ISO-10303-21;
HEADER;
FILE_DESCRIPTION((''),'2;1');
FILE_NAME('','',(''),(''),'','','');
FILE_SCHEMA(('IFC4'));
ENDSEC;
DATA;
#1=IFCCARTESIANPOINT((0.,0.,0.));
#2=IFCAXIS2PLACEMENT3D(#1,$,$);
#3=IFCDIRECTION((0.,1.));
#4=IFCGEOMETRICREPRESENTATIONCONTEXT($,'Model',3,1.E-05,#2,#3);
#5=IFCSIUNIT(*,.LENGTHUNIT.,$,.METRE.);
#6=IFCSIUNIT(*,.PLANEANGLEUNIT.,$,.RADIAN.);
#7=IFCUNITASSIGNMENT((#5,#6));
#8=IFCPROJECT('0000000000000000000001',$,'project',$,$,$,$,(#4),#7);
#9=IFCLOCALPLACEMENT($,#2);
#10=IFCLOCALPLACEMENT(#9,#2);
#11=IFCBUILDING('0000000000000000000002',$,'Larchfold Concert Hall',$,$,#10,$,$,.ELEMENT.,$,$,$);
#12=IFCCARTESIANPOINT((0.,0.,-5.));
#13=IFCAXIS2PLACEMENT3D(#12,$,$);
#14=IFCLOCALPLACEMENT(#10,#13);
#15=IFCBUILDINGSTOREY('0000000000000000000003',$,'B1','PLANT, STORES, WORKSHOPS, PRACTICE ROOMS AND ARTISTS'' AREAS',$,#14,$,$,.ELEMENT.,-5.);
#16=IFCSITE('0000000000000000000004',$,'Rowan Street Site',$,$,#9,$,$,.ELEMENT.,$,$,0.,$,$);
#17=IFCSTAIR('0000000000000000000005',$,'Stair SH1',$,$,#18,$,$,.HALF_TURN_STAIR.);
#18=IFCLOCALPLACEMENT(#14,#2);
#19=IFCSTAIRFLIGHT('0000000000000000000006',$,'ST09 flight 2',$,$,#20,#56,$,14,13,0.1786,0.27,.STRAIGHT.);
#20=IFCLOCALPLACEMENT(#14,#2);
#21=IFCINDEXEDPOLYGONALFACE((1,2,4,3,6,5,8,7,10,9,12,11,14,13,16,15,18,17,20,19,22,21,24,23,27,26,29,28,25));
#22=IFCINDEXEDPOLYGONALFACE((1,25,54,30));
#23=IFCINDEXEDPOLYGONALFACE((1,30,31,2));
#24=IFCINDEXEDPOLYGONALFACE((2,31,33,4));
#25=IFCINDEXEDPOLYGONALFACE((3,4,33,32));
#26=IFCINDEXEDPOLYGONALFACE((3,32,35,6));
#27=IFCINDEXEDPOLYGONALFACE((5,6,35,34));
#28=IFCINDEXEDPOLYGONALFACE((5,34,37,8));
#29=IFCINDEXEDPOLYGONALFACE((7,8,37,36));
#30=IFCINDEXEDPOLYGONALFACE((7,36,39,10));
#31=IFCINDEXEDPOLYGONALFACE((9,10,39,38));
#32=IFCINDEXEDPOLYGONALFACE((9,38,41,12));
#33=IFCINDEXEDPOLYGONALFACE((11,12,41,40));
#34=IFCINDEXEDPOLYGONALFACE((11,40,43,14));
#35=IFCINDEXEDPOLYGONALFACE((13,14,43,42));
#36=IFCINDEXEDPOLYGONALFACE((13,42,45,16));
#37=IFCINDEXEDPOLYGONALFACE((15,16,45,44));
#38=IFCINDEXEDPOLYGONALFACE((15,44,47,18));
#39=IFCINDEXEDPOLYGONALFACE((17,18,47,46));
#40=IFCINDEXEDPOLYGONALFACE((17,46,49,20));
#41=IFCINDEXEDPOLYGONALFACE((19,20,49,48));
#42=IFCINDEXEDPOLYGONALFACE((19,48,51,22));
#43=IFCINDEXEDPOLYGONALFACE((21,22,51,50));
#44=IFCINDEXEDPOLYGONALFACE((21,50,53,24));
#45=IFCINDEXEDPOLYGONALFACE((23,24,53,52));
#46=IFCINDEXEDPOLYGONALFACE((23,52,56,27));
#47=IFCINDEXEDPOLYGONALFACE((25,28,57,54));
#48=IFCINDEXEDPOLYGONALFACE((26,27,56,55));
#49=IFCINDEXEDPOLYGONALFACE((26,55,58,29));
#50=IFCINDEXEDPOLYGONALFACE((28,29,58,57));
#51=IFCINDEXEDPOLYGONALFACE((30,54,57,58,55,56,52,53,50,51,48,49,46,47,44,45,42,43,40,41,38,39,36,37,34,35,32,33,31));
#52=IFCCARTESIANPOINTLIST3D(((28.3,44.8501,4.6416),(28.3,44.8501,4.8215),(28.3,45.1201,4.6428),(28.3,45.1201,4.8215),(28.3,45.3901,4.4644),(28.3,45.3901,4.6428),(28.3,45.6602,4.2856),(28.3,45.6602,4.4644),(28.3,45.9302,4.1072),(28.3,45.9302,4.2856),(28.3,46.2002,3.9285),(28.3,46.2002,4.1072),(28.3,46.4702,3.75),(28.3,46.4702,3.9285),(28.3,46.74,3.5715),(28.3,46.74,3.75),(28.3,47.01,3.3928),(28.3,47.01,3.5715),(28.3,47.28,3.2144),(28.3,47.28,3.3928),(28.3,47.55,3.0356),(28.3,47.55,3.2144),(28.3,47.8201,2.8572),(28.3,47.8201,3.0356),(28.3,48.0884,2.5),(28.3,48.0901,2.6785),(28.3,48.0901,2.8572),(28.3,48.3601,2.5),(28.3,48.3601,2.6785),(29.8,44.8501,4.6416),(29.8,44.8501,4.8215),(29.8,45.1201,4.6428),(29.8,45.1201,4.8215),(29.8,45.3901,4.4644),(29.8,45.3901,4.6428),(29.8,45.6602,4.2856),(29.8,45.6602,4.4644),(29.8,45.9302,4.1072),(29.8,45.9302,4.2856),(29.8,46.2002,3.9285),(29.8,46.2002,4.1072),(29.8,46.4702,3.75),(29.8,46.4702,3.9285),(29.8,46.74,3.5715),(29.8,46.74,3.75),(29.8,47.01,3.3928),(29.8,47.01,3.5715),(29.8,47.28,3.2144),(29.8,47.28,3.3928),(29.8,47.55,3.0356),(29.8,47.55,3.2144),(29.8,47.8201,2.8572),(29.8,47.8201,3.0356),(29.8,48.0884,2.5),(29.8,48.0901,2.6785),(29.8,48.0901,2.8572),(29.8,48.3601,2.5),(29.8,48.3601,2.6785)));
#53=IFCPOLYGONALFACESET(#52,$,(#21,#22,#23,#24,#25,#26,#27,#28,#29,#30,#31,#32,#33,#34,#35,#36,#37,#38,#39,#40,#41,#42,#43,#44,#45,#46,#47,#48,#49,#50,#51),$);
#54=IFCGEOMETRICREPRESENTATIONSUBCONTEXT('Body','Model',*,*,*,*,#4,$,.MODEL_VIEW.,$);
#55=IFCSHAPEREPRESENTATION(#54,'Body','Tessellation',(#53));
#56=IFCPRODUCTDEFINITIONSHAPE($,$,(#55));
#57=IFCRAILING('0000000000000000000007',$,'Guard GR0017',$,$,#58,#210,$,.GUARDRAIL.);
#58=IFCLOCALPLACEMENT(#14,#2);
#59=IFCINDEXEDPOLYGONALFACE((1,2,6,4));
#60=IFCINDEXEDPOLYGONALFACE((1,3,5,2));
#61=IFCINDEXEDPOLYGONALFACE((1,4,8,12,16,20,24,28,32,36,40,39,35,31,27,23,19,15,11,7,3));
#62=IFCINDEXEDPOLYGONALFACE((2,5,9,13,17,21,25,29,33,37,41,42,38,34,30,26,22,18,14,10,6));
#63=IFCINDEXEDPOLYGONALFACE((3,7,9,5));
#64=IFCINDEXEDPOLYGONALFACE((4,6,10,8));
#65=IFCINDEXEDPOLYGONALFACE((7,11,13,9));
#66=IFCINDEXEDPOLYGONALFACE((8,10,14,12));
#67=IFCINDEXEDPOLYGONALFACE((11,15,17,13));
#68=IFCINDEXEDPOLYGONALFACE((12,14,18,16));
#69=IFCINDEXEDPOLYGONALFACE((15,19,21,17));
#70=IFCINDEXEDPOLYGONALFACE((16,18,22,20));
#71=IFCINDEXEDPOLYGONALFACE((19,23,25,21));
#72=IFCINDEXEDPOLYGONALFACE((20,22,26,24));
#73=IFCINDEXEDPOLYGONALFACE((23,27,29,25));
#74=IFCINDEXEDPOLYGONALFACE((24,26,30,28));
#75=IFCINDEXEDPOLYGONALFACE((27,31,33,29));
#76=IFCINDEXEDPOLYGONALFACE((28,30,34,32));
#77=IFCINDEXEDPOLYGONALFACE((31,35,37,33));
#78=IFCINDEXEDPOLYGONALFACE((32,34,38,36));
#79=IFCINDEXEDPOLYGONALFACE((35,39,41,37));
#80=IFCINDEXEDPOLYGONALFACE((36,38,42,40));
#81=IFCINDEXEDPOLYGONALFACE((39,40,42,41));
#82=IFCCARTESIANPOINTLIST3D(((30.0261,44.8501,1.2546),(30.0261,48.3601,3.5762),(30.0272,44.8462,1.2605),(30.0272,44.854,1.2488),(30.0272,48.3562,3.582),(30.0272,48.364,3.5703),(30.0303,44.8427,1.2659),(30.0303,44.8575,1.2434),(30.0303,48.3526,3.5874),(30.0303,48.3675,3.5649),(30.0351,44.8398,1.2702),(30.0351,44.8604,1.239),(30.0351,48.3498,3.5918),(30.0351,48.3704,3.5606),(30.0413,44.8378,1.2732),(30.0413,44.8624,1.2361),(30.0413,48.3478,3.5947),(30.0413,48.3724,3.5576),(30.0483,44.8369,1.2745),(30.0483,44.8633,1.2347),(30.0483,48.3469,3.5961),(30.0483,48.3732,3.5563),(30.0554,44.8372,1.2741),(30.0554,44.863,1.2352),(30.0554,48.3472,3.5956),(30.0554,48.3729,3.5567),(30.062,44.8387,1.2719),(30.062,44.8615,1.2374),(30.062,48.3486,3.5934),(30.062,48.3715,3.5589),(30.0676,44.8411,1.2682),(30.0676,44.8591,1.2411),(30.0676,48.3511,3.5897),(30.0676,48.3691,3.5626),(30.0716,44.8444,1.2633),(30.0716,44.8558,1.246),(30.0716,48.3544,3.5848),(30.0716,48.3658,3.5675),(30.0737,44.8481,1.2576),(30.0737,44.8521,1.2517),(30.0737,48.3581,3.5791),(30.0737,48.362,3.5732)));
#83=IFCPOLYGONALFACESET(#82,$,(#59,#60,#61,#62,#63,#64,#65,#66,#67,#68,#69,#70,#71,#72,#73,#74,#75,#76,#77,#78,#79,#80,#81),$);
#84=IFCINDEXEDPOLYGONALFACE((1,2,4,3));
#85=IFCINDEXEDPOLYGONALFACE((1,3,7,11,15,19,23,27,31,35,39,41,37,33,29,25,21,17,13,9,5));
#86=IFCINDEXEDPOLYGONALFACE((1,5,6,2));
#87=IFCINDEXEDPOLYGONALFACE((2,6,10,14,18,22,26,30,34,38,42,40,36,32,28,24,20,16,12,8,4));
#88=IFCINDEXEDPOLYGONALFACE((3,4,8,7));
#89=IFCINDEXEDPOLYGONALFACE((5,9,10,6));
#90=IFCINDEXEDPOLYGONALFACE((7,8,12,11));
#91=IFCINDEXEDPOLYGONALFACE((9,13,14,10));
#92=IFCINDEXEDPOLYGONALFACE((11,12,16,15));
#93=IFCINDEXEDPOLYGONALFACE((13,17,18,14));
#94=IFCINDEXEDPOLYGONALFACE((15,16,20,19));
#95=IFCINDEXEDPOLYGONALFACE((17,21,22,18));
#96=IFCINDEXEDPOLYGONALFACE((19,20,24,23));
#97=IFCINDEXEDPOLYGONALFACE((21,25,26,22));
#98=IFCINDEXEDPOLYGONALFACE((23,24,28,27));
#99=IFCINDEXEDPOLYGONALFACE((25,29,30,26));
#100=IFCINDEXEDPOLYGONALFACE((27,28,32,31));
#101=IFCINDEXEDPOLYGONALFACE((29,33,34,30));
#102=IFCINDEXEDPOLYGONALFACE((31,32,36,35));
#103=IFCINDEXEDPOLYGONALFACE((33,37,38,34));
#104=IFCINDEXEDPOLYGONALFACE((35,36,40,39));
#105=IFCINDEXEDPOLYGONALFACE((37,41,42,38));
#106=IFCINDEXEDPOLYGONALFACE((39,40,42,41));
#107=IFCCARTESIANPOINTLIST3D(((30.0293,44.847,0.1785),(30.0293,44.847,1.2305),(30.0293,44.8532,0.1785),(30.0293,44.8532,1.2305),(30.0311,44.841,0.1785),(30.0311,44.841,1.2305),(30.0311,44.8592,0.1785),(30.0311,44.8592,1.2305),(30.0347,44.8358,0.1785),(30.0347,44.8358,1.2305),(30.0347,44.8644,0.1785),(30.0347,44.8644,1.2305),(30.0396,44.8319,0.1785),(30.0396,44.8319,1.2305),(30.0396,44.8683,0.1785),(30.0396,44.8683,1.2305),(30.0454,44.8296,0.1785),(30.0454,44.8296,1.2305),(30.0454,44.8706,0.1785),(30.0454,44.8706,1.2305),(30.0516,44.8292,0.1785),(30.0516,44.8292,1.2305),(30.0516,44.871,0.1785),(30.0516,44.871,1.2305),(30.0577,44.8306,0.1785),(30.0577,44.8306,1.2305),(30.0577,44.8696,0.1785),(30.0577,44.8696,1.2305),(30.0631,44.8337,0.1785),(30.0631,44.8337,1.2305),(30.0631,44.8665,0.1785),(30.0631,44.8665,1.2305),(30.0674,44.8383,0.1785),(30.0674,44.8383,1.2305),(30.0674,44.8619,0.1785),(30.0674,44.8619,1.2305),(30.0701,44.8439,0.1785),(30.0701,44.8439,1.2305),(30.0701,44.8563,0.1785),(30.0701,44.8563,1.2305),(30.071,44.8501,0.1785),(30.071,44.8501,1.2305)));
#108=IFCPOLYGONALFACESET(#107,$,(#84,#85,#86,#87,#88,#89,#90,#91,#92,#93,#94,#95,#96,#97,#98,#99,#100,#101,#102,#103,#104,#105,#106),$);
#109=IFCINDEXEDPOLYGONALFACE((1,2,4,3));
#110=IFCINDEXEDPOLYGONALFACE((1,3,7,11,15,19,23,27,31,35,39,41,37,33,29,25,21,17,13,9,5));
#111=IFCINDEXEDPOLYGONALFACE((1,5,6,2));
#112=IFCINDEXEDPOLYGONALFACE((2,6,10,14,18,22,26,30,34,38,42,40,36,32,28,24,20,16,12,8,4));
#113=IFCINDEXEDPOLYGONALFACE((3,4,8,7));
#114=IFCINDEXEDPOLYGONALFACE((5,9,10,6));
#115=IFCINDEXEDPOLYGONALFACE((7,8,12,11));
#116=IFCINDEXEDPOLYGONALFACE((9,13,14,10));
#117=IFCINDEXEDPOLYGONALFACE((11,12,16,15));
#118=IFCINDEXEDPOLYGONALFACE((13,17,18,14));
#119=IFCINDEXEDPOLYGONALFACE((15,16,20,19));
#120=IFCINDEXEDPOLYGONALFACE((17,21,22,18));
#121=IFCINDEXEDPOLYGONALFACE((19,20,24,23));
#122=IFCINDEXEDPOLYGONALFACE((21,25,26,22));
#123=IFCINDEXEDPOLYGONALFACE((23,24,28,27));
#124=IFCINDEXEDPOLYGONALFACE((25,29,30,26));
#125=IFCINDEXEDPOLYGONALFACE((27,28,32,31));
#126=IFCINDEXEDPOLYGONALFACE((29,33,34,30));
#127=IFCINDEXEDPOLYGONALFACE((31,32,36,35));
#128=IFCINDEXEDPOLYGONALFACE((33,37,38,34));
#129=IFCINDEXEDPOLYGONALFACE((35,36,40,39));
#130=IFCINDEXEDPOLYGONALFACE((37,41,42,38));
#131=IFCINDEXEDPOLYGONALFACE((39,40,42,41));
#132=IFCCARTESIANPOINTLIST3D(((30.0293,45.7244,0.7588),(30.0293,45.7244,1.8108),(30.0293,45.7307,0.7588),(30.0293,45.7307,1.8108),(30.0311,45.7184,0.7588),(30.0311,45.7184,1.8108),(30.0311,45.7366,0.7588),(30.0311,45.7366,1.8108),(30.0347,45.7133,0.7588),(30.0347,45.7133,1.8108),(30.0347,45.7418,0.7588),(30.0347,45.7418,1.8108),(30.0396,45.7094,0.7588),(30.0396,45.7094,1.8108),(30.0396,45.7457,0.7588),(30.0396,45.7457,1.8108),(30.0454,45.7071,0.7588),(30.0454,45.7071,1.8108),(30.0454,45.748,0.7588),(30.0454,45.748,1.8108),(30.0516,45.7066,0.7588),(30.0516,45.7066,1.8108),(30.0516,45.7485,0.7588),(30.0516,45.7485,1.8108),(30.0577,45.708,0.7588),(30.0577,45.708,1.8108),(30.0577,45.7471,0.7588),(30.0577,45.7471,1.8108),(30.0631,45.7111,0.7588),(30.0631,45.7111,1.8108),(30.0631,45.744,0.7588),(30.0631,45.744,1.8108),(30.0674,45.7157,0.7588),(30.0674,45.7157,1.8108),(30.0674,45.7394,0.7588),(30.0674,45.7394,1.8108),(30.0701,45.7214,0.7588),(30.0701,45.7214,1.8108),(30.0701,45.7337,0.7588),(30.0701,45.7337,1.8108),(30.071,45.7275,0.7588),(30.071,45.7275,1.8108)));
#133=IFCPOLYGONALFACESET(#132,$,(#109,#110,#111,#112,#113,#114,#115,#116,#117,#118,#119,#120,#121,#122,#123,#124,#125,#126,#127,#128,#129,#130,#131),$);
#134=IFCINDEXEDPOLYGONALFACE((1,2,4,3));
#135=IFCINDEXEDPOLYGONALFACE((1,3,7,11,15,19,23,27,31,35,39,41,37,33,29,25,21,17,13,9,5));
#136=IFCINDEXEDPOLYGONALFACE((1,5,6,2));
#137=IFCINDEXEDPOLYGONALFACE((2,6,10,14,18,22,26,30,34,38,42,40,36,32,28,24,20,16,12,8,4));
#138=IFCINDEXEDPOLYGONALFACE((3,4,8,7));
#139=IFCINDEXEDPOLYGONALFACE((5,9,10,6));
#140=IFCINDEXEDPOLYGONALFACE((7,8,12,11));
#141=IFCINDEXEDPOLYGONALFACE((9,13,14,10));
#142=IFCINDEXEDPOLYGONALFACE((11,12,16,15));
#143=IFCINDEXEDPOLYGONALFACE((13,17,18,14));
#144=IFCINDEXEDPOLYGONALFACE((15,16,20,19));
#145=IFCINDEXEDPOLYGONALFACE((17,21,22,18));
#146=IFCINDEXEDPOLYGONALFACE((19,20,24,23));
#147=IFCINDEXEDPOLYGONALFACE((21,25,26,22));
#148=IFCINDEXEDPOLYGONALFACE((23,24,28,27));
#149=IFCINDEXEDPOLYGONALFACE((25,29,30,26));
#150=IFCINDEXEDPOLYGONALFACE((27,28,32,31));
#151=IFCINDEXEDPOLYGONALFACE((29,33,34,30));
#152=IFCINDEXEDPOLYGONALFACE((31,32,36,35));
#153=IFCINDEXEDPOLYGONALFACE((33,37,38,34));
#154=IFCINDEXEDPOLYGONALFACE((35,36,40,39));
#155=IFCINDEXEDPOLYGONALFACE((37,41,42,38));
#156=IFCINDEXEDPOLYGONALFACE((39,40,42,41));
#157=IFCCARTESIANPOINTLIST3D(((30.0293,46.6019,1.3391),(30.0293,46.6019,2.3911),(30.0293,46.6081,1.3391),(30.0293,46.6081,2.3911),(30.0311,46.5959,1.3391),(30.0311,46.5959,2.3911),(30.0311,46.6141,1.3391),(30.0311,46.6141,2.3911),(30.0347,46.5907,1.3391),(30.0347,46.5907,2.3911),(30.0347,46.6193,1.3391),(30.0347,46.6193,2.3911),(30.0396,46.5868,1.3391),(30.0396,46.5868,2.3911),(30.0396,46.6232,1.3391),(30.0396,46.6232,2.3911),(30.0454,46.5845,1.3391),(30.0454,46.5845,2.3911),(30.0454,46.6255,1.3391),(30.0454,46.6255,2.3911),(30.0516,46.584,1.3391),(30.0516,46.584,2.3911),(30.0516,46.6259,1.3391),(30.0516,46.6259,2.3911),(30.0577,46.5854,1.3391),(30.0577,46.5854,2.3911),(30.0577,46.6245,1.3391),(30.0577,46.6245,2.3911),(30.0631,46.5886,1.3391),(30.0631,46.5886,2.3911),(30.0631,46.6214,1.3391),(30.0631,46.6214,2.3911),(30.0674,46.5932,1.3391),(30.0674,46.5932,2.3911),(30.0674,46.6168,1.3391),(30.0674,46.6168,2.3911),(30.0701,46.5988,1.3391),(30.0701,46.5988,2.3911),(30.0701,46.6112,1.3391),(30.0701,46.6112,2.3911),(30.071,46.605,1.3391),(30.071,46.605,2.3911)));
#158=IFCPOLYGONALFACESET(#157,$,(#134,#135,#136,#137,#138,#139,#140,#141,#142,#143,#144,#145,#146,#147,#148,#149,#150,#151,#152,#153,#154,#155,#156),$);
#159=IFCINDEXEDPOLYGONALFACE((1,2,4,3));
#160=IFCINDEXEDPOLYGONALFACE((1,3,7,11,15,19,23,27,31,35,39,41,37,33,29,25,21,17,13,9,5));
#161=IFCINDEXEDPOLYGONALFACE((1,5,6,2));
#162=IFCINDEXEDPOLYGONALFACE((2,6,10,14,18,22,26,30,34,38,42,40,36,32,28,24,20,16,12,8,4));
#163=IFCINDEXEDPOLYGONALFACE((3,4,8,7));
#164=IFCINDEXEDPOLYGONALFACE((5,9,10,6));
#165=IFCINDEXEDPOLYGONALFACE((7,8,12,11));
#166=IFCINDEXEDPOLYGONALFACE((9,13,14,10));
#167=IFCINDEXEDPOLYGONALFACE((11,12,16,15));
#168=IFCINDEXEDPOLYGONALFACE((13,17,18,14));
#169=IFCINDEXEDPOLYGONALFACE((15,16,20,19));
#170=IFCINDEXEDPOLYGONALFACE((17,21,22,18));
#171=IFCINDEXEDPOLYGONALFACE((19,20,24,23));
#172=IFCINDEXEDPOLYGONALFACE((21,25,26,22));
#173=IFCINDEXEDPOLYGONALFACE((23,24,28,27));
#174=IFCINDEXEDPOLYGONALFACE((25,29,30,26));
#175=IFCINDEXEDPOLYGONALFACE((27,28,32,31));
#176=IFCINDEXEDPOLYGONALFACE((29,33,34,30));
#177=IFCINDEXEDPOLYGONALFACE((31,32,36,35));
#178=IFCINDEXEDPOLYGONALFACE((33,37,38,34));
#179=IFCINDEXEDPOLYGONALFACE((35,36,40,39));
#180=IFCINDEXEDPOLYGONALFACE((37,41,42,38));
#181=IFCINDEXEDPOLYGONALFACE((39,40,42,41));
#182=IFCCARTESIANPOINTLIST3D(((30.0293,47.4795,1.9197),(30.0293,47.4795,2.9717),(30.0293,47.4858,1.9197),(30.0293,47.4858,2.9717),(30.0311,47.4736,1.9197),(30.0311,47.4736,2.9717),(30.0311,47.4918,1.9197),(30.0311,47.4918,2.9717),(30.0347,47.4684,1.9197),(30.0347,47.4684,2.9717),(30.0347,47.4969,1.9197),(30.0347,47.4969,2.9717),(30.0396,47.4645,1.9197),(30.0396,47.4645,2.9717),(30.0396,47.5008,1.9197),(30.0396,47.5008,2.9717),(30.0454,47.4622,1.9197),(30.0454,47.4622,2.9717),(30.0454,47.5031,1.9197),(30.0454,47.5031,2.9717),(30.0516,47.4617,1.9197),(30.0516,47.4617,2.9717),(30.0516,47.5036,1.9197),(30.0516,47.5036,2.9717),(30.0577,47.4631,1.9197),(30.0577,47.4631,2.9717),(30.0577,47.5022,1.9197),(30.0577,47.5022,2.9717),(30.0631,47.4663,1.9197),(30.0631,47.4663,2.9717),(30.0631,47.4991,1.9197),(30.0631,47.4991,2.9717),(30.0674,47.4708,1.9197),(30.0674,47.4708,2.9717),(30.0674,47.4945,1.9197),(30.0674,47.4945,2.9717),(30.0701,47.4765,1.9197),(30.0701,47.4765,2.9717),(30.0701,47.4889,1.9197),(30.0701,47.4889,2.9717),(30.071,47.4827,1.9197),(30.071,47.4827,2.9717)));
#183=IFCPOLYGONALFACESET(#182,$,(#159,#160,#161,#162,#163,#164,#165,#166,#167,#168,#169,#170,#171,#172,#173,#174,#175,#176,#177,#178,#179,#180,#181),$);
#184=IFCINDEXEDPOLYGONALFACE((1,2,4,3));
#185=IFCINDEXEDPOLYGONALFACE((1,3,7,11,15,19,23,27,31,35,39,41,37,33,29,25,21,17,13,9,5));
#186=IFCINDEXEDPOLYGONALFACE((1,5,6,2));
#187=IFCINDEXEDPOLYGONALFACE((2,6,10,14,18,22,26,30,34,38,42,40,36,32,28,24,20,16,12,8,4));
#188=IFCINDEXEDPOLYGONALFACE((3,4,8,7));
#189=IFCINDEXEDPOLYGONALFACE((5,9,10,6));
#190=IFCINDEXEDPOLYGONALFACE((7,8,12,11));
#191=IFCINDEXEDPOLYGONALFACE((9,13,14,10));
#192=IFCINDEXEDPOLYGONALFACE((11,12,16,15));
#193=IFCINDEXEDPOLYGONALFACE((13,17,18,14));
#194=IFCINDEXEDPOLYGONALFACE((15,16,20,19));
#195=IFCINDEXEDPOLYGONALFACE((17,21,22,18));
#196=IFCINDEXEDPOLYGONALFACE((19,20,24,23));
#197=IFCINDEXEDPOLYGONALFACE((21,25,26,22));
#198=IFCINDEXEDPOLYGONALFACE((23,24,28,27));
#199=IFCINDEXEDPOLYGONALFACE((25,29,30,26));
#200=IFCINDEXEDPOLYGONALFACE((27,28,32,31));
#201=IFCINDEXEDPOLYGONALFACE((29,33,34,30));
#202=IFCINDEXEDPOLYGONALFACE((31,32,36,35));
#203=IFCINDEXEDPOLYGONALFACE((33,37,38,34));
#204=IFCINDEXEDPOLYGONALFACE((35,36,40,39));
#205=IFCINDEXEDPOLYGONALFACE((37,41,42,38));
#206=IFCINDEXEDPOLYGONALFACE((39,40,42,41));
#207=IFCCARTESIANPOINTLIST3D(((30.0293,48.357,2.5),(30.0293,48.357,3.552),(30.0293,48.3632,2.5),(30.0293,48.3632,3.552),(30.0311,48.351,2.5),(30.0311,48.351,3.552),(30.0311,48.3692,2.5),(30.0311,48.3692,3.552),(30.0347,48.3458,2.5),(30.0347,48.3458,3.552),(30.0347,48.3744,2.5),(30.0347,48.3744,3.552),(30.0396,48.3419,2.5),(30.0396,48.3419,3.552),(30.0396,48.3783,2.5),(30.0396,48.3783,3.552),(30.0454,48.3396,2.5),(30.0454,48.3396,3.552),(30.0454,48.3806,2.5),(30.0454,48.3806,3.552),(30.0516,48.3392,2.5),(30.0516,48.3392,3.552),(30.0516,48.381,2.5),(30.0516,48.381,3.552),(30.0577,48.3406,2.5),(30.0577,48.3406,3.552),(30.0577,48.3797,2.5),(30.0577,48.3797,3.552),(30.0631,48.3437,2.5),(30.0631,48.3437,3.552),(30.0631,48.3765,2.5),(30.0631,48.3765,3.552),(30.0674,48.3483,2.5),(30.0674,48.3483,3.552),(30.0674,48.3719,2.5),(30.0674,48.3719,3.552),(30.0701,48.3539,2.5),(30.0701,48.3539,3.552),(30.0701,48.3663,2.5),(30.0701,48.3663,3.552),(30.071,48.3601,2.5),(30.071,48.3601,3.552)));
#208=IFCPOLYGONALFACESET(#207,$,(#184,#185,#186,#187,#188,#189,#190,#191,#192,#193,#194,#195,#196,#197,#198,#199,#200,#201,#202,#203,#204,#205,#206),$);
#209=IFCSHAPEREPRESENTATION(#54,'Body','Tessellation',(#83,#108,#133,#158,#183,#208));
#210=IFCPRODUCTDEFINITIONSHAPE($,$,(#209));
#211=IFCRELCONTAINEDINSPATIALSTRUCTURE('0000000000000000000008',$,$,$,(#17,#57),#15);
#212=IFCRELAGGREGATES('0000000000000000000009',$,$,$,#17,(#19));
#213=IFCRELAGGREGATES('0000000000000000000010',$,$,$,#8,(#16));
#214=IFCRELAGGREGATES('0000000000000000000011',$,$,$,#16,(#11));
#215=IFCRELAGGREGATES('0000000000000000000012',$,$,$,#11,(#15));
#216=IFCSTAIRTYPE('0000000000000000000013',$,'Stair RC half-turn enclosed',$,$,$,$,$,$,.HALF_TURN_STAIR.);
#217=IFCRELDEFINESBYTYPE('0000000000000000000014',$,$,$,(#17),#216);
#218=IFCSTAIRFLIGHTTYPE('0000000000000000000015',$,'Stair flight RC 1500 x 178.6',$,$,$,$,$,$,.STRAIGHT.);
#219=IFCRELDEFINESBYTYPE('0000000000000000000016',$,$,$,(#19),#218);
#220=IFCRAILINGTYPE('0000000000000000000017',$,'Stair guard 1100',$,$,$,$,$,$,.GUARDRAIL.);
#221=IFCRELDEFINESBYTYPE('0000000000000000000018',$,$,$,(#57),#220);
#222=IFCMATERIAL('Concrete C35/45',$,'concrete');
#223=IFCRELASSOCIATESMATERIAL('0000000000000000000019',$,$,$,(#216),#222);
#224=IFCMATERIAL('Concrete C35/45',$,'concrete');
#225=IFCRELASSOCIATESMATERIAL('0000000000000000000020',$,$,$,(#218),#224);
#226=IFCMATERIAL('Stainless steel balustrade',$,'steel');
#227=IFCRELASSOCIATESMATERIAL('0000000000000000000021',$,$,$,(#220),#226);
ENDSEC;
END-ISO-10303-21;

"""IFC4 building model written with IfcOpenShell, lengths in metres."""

from ifc_helpers import new_model, si_unit, direction, frame, origin, origin_2d, place, context, subcontext, project, spatial, polyline, circle, outline, extrude, material, type_object, element, aggregate, save


model = new_model("IFC4")

# Units and contexts
model_context = context("Model", 3, precision=1e-05, world=origin(), true_north=direction((0.0, 1.0)))
body_context = subcontext(model_context, "Body", "Model", "MODEL_VIEW")
ifc_project = project(units=[si_unit("LENGTHUNIT", "METRE"), si_unit("PLANEANGLEUNIT", "RADIAN")], contexts=[model_context])

# Site, building, storey
site_placement = place(None, origin())
site = spatial("IfcSite", under=ifc_project, at=site_placement, Name="Rowan Street Site", CompositionType="ELEMENT", RefElevation=0.0)
building_placement = place(site_placement, origin())
building = spatial("IfcBuilding", under=site, at=building_placement, Name="Larchfold Concert Hall", CompositionType="ELEMENT")
storey_placement = place(building_placement, frame((0.0, 0.0, -5.0)))
storey = spatial("IfcBuildingStorey", under=building, at=storey_placement, Name="B1", Description="PLANT, STORES, WORKSHOPS, PRACTICE ROOMS AND ARTISTS' AREAS", CompositionType="ELEMENT", Elevation=-5.0)

# Stair, stair flight
ifc_material_1 = material(Name="Concrete C35/45", Category="concrete")
stair_type = type_object("IfcStairType", Name="Stair RC half-turn enclosed", PredefinedType="HALF_TURN_STAIR", material=ifc_material_1)
stair_placement = place(storey_placement, origin())
stair = element("IfcStair", 1, at=stair_placement, inside=storey, type_object=stair_type, Name="Stair SH1", PredefinedType="HALF_TURN_STAIR")
ifc_material_2 = material(Name="Concrete C35/45", Category="concrete")
stair_flight_type = type_object("IfcStairFlightType", Name="Stair flight RC 1500 x 178.6", PredefinedType="STRAIGHT", material=ifc_material_2)
stair_flight_1_placement = place(storey_placement, frame((29.05, 48.3601, 2.5), z_axis=(0.0, 0.0, 1.0), x_axis=(0.0, -1.0, 0.0)))
stair_flight_1 = element("IfcStairFlight", 2, at=stair_flight_1_placement, type_object=stair_flight_type, Name="ST09 flight 2", NumberOfRisers=14, NumberOfTreads=13, PredefinedType="STRAIGHT", RiserHeight=0.1786, TreadLength=0.27, context=body_context, shape_type="SweptSolid", body=[
    extrude(outline(polyline([(0.0, 0.0), (0.0, 0.1785), (0.27, 0.1785), (0.27, 0.3572), (0.54, 0.3572), (0.54, 0.5356), (0.8101, 0.5356), (0.8101, 0.7144), (1.0801, 0.7144), (1.0801, 0.8928), (1.3501, 0.8928), (1.3501, 1.0715), (1.6201, 1.0715), (1.6201, 1.25), (1.8899, 1.25), (1.8899, 1.4285), (2.1599, 1.4285), (2.1599, 1.6072), (2.4299, 1.6072), (2.4299, 1.7856), (2.7, 1.7856), (2.7, 1.9644), (2.97, 1.9644), (2.97, 2.1428), (3.24, 2.1428), (3.24, 2.3215), (3.51, 2.3215), (3.51, 2.5), (3.51, 2.1416), (0.2717, 0.0), (0.0, 0.0)])), frame((0.0, 0.75, 0.0), z_axis=(0.0, -1.0, 0.0), x_axis=(1.0, 0.0, 0.0)), (0.0, 0.0, 1.0), 1.5),
])
aggregate(stair, [stair_flight_1])

# Railing
ifc_material_3 = material(Name="Stainless steel balustrade", Category="steel")
railing_type_1 = type_object("IfcRailingType", Name="Stair guard 1100", PredefinedType="GUARDRAIL", material=ifc_material_3)
railing_1_placement = place(storey_placement, frame((30.05, 44.8501, 0.1785)))
element("IfcRailing", 3, at=railing_1_placement, inside=storey, type_object=railing_type_1, Name="Guard GR0017", PredefinedType="GUARDRAIL", context=body_context, shape_type="SweptSolid", body=[
    extrude(circle(Radius=0.0239, at=origin_2d()), frame((0.0, 0.0, 1.0762), z_axis=(0.0, 0.834071, 0.551657), x_axis=(-1.0, 0.0, 0.0)), (0.0, 0.0, 1.0), 4.2083),
    extrude(circle(Radius=0.021, at=origin_2d()), origin(), (0.0, 0.0, 1.0), 1.052),
    extrude(circle(Radius=0.021, at=origin_2d()), frame((0.0, 0.8774, 0.5803)), (0.0, 0.0, 1.0), 1.052),
    extrude(circle(Radius=0.021, at=origin_2d()), frame((0.0, 1.7549, 1.1606)), (0.0, 0.0, 1.0), 1.052),
    extrude(circle(Radius=0.021, at=origin_2d()), frame((0.0, 2.6326, 1.7412)), (0.0, 0.0, 1.0), 1.052),
    extrude(circle(Radius=0.021, at=origin_2d()), frame((0.0, 3.51, 2.3215)), (0.0, 0.0, 1.0), 1.052),
])

save(model, "model.ifc")
